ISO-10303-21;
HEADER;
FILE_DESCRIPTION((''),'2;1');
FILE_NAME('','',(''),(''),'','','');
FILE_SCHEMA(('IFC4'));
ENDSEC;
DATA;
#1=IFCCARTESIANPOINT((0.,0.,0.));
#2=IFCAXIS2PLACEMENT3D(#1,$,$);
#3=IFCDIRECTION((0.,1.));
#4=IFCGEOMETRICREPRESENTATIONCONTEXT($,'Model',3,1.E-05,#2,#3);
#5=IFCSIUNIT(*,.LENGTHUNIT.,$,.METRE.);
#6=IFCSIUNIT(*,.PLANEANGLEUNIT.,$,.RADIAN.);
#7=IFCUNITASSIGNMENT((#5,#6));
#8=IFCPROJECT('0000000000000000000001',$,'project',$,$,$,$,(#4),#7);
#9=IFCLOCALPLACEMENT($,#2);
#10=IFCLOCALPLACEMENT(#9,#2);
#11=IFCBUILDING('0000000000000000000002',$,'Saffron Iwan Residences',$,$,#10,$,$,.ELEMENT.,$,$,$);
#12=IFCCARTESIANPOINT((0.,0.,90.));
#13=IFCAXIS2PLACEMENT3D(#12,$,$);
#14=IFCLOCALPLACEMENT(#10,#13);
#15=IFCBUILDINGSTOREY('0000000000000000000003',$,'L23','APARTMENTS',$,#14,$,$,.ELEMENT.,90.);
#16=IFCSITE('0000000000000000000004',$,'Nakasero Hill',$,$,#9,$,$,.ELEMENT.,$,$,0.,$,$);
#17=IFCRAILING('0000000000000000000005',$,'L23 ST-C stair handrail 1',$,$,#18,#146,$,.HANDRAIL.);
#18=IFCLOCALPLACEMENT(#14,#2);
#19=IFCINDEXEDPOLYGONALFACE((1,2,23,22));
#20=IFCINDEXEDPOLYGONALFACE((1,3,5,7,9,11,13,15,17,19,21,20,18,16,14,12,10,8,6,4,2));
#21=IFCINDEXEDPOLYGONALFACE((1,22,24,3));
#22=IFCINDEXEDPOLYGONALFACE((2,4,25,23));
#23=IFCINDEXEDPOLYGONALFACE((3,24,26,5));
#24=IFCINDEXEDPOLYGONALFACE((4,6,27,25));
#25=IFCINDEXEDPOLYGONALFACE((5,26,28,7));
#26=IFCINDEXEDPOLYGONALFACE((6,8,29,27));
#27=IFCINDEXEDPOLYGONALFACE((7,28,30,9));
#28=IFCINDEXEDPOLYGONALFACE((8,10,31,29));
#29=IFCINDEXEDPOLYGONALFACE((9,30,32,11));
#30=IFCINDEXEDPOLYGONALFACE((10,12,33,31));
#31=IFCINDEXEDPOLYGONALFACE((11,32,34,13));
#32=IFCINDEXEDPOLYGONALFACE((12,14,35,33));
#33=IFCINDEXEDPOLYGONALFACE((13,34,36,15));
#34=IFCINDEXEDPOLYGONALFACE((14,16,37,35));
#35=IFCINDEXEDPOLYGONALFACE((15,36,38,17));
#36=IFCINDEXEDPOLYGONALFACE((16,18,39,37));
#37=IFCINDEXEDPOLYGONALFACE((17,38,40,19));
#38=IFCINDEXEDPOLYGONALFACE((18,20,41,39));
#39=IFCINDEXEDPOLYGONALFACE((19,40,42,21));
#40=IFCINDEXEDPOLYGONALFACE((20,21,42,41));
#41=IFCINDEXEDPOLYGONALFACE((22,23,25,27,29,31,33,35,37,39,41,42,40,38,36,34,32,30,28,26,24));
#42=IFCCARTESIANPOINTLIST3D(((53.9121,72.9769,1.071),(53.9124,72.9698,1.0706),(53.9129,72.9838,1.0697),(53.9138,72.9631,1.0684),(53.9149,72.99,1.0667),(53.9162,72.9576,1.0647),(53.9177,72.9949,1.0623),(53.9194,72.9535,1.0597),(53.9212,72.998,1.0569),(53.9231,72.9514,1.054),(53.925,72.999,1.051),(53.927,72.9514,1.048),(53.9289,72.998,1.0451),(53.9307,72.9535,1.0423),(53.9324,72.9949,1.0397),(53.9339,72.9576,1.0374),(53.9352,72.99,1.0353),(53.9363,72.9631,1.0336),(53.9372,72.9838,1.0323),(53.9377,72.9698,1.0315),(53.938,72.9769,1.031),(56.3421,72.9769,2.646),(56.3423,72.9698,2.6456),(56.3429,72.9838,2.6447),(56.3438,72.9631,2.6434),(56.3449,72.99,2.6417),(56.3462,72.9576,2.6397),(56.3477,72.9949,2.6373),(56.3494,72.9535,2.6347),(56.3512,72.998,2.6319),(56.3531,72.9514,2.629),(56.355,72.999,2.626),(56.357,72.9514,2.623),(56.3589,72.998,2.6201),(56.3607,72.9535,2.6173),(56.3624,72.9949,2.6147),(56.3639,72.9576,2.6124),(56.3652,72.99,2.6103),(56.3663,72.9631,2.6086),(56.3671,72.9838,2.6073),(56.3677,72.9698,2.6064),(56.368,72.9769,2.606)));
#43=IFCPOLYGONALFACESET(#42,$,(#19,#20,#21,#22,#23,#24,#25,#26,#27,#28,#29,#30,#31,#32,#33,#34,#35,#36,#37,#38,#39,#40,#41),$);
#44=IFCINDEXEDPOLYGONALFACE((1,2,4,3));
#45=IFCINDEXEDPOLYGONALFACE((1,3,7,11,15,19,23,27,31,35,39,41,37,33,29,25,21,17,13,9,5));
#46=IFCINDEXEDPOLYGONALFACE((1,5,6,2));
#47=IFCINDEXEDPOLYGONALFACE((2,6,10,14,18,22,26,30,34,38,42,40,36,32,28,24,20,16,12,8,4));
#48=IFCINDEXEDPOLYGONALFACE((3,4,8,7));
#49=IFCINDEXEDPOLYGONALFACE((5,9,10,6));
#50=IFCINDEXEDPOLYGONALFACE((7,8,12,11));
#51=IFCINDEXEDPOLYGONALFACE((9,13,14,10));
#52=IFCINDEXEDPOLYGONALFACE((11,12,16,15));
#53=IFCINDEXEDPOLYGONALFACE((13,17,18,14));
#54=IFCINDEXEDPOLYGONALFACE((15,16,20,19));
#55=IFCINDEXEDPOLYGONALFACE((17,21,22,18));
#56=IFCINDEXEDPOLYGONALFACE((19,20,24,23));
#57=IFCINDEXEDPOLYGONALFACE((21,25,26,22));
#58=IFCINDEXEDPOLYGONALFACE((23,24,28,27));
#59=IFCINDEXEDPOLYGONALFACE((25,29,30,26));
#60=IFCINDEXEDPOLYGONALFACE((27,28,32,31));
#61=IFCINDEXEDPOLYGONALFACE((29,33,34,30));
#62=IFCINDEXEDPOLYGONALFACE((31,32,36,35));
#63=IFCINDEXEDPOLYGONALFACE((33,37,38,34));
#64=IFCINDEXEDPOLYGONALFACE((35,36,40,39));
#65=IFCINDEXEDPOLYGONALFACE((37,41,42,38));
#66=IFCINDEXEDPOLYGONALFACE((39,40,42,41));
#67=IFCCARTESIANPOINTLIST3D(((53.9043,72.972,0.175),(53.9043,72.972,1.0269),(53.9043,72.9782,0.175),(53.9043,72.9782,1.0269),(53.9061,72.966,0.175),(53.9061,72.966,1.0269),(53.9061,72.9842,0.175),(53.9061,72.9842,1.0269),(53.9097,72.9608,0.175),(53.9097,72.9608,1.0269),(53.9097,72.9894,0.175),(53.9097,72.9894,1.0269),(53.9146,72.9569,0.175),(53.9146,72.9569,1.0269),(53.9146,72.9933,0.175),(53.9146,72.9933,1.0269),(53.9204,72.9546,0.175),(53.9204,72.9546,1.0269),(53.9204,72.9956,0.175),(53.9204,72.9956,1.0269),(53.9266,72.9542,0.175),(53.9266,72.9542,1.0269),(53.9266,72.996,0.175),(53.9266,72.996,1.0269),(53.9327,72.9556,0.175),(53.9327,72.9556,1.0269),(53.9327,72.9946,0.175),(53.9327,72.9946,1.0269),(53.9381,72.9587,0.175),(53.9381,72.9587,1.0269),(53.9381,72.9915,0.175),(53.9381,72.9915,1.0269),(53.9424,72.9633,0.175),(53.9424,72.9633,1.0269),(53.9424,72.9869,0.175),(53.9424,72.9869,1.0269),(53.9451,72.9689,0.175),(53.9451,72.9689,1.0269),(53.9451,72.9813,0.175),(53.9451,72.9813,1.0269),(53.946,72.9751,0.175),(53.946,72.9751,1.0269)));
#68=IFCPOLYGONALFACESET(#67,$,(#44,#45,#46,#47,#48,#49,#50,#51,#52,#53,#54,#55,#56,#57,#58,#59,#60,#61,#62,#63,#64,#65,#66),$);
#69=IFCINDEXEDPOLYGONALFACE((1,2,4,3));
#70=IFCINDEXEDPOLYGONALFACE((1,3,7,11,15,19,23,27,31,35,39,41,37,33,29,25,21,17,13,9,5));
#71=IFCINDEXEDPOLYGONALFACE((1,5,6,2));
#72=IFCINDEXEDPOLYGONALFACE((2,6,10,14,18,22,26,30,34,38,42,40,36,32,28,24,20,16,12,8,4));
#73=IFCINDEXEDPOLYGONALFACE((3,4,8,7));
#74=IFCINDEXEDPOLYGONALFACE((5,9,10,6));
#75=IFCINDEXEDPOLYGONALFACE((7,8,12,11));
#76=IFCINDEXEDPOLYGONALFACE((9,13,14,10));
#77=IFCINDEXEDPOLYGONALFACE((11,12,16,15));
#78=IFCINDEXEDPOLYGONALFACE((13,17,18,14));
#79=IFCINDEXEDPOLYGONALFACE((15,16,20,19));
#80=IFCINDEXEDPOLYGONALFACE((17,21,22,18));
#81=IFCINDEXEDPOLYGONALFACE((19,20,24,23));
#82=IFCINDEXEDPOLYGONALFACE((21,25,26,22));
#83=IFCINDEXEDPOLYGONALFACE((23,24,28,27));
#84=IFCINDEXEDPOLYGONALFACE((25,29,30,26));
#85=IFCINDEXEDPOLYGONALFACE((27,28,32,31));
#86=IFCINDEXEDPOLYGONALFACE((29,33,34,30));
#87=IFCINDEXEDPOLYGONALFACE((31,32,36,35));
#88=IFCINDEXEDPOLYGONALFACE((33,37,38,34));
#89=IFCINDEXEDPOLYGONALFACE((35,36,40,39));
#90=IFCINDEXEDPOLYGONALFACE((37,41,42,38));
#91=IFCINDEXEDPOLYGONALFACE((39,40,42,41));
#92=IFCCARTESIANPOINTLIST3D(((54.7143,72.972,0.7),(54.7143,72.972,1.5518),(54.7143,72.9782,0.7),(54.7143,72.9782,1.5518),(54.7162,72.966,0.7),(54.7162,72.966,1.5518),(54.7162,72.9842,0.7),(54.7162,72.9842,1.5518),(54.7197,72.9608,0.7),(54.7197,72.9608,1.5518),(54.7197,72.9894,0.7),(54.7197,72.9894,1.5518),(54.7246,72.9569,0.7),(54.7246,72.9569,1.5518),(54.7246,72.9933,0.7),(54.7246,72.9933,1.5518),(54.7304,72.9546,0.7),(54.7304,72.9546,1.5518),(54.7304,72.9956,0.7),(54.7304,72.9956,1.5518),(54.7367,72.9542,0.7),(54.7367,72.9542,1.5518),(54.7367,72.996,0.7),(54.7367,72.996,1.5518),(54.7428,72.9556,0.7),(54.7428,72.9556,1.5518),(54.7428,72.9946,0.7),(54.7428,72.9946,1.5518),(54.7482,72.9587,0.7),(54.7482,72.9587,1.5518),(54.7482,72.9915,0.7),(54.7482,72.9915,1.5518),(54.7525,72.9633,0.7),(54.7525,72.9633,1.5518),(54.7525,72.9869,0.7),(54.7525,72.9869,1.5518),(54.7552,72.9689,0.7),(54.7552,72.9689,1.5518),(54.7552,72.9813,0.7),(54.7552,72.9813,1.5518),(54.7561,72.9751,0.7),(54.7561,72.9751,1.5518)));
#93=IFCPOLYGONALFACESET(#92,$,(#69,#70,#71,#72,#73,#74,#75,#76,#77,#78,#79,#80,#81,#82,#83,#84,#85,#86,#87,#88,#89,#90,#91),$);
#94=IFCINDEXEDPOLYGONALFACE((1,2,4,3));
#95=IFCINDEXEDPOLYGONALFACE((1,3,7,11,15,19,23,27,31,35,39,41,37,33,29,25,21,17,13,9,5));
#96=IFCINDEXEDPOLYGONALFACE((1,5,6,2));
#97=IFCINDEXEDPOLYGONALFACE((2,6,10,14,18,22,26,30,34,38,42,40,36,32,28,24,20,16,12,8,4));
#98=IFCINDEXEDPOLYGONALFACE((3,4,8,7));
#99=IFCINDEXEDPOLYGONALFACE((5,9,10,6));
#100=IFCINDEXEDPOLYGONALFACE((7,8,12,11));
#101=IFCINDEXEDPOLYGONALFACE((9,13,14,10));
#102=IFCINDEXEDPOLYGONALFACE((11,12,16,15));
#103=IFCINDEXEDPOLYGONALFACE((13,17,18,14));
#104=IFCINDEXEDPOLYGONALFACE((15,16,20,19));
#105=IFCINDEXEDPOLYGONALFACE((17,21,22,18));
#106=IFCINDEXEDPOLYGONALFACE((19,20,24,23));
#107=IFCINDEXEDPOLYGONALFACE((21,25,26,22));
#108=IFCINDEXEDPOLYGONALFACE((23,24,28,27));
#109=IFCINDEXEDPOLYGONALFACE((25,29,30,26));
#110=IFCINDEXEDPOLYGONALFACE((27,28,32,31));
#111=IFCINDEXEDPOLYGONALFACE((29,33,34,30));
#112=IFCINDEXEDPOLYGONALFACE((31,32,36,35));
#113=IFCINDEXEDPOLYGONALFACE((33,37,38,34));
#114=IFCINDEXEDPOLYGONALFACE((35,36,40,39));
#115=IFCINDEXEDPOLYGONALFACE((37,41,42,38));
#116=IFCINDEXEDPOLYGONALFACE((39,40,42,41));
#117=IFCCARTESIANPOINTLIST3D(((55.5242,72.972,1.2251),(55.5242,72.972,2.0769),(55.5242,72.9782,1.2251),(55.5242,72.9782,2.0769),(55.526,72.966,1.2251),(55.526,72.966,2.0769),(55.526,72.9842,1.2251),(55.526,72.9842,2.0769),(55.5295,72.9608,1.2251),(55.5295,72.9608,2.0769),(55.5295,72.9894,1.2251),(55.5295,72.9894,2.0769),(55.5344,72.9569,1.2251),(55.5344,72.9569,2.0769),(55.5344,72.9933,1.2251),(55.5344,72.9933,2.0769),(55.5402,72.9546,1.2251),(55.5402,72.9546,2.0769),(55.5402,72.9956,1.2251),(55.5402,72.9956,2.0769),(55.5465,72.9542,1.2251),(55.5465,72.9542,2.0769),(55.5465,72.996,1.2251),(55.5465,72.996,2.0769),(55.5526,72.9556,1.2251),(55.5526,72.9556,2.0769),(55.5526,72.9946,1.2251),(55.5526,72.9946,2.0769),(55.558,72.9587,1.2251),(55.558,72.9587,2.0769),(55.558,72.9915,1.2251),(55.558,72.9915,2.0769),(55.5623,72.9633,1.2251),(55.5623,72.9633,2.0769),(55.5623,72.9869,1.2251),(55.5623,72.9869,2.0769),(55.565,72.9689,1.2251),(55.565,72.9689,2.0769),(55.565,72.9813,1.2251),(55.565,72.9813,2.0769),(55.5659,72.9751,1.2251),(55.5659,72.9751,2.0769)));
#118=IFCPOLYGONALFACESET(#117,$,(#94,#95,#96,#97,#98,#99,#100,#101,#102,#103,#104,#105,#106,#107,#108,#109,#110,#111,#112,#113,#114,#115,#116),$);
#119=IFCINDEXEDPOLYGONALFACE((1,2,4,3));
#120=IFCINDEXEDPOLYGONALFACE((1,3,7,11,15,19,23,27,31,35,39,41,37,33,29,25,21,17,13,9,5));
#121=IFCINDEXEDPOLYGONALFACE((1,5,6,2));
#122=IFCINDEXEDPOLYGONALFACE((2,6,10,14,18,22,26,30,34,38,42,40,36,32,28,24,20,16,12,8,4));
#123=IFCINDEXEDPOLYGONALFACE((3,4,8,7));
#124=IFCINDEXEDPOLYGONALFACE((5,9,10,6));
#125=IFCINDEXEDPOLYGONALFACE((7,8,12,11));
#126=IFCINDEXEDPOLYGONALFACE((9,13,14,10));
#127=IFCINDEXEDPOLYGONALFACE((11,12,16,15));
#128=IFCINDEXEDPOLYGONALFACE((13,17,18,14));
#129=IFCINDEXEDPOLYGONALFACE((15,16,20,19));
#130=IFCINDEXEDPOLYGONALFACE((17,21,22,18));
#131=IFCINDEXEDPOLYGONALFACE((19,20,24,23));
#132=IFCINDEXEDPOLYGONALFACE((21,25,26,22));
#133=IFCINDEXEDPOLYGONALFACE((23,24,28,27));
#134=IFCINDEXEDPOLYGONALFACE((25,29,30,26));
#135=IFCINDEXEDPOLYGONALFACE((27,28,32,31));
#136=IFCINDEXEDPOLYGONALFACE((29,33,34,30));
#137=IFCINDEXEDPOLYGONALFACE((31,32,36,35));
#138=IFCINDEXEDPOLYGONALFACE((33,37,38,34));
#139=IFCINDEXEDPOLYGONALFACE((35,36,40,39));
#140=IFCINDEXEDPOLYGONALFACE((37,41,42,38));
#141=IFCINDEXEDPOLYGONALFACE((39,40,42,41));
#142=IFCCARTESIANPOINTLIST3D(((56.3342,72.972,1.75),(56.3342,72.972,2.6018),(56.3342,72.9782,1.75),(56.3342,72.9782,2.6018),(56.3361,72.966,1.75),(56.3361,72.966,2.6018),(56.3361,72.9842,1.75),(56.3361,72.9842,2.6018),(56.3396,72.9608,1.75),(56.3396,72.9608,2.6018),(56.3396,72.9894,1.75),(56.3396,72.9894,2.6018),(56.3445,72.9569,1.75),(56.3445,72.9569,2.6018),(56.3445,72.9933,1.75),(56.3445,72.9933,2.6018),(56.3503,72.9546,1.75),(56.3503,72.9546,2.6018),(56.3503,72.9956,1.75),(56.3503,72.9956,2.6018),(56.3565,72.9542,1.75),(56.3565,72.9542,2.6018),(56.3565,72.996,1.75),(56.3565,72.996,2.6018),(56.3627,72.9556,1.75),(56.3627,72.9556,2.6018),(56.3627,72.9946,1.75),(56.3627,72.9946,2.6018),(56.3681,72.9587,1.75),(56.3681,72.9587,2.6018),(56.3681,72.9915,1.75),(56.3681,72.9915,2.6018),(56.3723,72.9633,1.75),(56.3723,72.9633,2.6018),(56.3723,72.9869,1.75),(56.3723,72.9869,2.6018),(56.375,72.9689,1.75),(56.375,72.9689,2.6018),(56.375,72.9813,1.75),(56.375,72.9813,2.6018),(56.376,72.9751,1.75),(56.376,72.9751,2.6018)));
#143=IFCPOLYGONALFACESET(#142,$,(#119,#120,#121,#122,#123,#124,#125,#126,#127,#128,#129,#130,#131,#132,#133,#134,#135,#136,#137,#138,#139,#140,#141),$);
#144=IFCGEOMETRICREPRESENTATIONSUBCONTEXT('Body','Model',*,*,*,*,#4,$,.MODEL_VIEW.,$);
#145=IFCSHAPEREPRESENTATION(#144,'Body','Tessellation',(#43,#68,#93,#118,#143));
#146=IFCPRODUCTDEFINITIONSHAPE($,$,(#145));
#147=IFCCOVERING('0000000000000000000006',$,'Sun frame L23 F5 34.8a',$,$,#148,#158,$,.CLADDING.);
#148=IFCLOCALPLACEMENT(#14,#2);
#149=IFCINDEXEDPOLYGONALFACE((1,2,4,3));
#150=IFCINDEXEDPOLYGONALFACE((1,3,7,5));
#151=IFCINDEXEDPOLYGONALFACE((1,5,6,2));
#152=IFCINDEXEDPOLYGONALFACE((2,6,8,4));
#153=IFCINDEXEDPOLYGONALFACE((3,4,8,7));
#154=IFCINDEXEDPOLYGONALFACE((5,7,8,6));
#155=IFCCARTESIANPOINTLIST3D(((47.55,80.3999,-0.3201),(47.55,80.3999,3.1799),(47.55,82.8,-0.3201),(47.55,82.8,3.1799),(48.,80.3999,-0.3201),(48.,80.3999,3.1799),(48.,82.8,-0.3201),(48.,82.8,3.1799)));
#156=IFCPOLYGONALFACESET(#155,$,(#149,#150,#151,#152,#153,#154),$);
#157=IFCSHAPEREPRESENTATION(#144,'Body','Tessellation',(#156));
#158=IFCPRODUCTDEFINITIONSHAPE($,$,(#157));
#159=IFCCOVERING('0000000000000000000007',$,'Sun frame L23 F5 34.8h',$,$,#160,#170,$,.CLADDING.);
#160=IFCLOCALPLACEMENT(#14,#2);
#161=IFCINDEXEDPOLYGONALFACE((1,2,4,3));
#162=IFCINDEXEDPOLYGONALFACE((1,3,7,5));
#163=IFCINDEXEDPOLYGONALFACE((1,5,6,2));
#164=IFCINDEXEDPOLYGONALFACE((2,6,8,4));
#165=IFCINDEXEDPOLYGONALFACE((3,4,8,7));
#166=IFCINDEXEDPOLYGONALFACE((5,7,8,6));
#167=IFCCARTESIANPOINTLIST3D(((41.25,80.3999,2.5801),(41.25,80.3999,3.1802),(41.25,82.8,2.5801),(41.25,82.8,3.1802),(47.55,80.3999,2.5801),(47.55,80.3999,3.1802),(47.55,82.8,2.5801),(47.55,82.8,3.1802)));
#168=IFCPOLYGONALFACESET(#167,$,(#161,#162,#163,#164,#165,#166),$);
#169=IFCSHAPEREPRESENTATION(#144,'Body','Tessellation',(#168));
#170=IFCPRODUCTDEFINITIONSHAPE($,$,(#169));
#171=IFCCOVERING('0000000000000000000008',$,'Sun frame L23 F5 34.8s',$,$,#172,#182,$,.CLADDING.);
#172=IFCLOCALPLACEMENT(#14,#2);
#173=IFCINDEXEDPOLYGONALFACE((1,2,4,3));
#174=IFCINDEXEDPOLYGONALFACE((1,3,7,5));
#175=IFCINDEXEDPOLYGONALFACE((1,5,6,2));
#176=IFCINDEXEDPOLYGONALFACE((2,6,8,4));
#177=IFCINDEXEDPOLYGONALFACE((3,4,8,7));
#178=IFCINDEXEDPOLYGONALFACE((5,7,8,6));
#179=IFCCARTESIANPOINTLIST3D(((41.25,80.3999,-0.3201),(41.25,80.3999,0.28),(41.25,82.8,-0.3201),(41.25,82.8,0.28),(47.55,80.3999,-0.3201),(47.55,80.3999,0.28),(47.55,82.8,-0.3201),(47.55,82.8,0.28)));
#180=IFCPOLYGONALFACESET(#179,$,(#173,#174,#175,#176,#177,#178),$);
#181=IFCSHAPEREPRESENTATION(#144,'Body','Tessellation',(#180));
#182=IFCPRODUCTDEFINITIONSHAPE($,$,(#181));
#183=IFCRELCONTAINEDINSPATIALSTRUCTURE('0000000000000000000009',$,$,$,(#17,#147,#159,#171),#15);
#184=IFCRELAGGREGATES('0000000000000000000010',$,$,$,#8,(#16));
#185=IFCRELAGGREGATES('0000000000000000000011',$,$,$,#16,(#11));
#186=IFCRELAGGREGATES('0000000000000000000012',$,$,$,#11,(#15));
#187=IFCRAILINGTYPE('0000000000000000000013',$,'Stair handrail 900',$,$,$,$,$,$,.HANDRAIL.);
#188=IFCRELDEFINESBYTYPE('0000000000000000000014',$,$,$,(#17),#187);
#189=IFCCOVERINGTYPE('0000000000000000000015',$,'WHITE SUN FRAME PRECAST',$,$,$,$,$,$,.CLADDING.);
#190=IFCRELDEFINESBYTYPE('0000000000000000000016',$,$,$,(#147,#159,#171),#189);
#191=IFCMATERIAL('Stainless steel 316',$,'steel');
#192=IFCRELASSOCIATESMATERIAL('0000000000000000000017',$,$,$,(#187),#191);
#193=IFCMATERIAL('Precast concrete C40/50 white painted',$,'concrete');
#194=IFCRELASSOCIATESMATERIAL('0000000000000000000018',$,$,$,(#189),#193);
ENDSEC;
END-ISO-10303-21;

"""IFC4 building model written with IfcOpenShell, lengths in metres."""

from ifc_helpers import new_model, si_unit, direction, frame, origin, origin_2d, place, context, subcontext, project, spatial, polyline, circle, outline, extrude, material, type_object, element, save


model = new_model("IFC4")

# Units and contexts
model_context = context("Model", 3, precision=1e-05, world=origin(), true_north=direction((0.0, 1.0)))
body_context = subcontext(model_context, "Body", "Model", "MODEL_VIEW")
ifc_project = project(units=[si_unit("LENGTHUNIT", "METRE"), si_unit("PLANEANGLEUNIT", "RADIAN")], contexts=[model_context])

# Site, building, storey
site_placement = place(None, origin())
site = spatial("IfcSite", under=ifc_project, at=site_placement, Name="Nakasero Hill", CompositionType="ELEMENT", RefElevation=0.0)
building_placement = place(site_placement, origin())
building = spatial("IfcBuilding", under=site, at=building_placement, Name="Saffron Iwan Residences", CompositionType="ELEMENT")
storey_placement = place(building_placement, frame((0.0, 0.0, 90.0)))
storey = spatial("IfcBuildingStorey", under=building, at=storey_placement, Name="L23", Description="APARTMENTS", CompositionType="ELEMENT", Elevation=90.0)

# Railing
ifc_material_1 = material(Name="Stainless steel 316", Category="steel")
railing_type_1 = type_object("IfcRailingType", Name="Stair handrail 900", PredefinedType="HANDRAIL", material=ifc_material_1)
railing_1_placement = place(storey_placement, frame((53.925, 72.9751, 0.175)))
element("IfcRailing", 1, at=railing_1_placement, inside=storey, type_object=railing_type_1, Name="L23 ST-C stair handrail 1", PredefinedType="HANDRAIL", context=body_context, shape_type="SweptSolid", body=[
    extrude(circle(Radius=0.0239, at=origin_2d()), frame((0.0, 0.0, 0.876), z_axis=(0.839154, 0.0, 0.543894), x_axis=(0.0, 1.0, 0.0)), (0.0, 0.0, 1.0), 2.8958),
    extrude(circle(Radius=0.021, at=origin_2d()), origin(), (0.0, 0.0, 1.0), 0.8518),
    extrude(circle(Radius=0.021, at=origin_2d()), frame((0.8101, 0.0, 0.5249)), (0.0, 0.0, 1.0), 0.8518),
    extrude(circle(Radius=0.021, at=origin_2d()), frame((1.6199, 0.0, 1.05)), (0.0, 0.0, 1.0), 0.8518),
    extrude(circle(Radius=0.021, at=origin_2d()), frame((2.4299, 0.0, 1.575)), (0.0, 0.0, 1.0), 0.8518),
])

# Coverings
ifc_material_2 = material(Name="Precast concrete C40/50 white painted", Category="concrete")
covering_type_1 = type_object("IfcCoveringType", Name="WHITE SUN FRAME PRECAST", PredefinedType="CLADDING", material=ifc_material_2)
covering_1_placement = place(storey_placement, frame((48.0, 80.3999, -0.3201), z_axis=(0.0, 1.0, 0.0), x_axis=(-1.0, 0.0, 0.0)))
element("IfcCovering", 2, at=covering_1_placement, inside=storey, type_object=covering_type_1, Name="Sun frame L23 F5 34.8a", PredefinedType="CLADDING", context=body_context, shape_type="SweptSolid", body=[
    extrude(outline(polyline([(0.0, 0.0), (0.45, 0.0), (0.45, 3.5), (0.0, 3.5), (0.0, 0.0)])), origin(), (0.0, 0.0, 1.0), 2.4001),
])
for number, where, z_axis, x_axis, name in (
    (3, (47.55, 80.3999, 2.5801), (0.0, 1.0, 0.0), (-1.0, 0.0, 0.0), "Sun frame L23 F5 34.8h"),
    (4, (47.55, 80.3999, -0.3201), (0.0, 1.0, 0.0), (-1.0, 0.0, 0.0), "Sun frame L23 F5 34.8s"),
):
    element("IfcCovering", number, at=place(storey_placement, frame(where, z_axis=z_axis, x_axis=x_axis)), inside=storey, type_object=covering_type_1, Name=name, PredefinedType="CLADDING", context=body_context, shape_type="SweptSolid", body=[
        extrude(outline(polyline([(0.0, 0.0), (6.3, 0.0), (6.3, 0.6001), (0.0, 0.6001), (0.0, 0.0)])), origin(), (0.0, 0.0, 1.0), 2.4001),
    ])

save(model, "model.ifc")
